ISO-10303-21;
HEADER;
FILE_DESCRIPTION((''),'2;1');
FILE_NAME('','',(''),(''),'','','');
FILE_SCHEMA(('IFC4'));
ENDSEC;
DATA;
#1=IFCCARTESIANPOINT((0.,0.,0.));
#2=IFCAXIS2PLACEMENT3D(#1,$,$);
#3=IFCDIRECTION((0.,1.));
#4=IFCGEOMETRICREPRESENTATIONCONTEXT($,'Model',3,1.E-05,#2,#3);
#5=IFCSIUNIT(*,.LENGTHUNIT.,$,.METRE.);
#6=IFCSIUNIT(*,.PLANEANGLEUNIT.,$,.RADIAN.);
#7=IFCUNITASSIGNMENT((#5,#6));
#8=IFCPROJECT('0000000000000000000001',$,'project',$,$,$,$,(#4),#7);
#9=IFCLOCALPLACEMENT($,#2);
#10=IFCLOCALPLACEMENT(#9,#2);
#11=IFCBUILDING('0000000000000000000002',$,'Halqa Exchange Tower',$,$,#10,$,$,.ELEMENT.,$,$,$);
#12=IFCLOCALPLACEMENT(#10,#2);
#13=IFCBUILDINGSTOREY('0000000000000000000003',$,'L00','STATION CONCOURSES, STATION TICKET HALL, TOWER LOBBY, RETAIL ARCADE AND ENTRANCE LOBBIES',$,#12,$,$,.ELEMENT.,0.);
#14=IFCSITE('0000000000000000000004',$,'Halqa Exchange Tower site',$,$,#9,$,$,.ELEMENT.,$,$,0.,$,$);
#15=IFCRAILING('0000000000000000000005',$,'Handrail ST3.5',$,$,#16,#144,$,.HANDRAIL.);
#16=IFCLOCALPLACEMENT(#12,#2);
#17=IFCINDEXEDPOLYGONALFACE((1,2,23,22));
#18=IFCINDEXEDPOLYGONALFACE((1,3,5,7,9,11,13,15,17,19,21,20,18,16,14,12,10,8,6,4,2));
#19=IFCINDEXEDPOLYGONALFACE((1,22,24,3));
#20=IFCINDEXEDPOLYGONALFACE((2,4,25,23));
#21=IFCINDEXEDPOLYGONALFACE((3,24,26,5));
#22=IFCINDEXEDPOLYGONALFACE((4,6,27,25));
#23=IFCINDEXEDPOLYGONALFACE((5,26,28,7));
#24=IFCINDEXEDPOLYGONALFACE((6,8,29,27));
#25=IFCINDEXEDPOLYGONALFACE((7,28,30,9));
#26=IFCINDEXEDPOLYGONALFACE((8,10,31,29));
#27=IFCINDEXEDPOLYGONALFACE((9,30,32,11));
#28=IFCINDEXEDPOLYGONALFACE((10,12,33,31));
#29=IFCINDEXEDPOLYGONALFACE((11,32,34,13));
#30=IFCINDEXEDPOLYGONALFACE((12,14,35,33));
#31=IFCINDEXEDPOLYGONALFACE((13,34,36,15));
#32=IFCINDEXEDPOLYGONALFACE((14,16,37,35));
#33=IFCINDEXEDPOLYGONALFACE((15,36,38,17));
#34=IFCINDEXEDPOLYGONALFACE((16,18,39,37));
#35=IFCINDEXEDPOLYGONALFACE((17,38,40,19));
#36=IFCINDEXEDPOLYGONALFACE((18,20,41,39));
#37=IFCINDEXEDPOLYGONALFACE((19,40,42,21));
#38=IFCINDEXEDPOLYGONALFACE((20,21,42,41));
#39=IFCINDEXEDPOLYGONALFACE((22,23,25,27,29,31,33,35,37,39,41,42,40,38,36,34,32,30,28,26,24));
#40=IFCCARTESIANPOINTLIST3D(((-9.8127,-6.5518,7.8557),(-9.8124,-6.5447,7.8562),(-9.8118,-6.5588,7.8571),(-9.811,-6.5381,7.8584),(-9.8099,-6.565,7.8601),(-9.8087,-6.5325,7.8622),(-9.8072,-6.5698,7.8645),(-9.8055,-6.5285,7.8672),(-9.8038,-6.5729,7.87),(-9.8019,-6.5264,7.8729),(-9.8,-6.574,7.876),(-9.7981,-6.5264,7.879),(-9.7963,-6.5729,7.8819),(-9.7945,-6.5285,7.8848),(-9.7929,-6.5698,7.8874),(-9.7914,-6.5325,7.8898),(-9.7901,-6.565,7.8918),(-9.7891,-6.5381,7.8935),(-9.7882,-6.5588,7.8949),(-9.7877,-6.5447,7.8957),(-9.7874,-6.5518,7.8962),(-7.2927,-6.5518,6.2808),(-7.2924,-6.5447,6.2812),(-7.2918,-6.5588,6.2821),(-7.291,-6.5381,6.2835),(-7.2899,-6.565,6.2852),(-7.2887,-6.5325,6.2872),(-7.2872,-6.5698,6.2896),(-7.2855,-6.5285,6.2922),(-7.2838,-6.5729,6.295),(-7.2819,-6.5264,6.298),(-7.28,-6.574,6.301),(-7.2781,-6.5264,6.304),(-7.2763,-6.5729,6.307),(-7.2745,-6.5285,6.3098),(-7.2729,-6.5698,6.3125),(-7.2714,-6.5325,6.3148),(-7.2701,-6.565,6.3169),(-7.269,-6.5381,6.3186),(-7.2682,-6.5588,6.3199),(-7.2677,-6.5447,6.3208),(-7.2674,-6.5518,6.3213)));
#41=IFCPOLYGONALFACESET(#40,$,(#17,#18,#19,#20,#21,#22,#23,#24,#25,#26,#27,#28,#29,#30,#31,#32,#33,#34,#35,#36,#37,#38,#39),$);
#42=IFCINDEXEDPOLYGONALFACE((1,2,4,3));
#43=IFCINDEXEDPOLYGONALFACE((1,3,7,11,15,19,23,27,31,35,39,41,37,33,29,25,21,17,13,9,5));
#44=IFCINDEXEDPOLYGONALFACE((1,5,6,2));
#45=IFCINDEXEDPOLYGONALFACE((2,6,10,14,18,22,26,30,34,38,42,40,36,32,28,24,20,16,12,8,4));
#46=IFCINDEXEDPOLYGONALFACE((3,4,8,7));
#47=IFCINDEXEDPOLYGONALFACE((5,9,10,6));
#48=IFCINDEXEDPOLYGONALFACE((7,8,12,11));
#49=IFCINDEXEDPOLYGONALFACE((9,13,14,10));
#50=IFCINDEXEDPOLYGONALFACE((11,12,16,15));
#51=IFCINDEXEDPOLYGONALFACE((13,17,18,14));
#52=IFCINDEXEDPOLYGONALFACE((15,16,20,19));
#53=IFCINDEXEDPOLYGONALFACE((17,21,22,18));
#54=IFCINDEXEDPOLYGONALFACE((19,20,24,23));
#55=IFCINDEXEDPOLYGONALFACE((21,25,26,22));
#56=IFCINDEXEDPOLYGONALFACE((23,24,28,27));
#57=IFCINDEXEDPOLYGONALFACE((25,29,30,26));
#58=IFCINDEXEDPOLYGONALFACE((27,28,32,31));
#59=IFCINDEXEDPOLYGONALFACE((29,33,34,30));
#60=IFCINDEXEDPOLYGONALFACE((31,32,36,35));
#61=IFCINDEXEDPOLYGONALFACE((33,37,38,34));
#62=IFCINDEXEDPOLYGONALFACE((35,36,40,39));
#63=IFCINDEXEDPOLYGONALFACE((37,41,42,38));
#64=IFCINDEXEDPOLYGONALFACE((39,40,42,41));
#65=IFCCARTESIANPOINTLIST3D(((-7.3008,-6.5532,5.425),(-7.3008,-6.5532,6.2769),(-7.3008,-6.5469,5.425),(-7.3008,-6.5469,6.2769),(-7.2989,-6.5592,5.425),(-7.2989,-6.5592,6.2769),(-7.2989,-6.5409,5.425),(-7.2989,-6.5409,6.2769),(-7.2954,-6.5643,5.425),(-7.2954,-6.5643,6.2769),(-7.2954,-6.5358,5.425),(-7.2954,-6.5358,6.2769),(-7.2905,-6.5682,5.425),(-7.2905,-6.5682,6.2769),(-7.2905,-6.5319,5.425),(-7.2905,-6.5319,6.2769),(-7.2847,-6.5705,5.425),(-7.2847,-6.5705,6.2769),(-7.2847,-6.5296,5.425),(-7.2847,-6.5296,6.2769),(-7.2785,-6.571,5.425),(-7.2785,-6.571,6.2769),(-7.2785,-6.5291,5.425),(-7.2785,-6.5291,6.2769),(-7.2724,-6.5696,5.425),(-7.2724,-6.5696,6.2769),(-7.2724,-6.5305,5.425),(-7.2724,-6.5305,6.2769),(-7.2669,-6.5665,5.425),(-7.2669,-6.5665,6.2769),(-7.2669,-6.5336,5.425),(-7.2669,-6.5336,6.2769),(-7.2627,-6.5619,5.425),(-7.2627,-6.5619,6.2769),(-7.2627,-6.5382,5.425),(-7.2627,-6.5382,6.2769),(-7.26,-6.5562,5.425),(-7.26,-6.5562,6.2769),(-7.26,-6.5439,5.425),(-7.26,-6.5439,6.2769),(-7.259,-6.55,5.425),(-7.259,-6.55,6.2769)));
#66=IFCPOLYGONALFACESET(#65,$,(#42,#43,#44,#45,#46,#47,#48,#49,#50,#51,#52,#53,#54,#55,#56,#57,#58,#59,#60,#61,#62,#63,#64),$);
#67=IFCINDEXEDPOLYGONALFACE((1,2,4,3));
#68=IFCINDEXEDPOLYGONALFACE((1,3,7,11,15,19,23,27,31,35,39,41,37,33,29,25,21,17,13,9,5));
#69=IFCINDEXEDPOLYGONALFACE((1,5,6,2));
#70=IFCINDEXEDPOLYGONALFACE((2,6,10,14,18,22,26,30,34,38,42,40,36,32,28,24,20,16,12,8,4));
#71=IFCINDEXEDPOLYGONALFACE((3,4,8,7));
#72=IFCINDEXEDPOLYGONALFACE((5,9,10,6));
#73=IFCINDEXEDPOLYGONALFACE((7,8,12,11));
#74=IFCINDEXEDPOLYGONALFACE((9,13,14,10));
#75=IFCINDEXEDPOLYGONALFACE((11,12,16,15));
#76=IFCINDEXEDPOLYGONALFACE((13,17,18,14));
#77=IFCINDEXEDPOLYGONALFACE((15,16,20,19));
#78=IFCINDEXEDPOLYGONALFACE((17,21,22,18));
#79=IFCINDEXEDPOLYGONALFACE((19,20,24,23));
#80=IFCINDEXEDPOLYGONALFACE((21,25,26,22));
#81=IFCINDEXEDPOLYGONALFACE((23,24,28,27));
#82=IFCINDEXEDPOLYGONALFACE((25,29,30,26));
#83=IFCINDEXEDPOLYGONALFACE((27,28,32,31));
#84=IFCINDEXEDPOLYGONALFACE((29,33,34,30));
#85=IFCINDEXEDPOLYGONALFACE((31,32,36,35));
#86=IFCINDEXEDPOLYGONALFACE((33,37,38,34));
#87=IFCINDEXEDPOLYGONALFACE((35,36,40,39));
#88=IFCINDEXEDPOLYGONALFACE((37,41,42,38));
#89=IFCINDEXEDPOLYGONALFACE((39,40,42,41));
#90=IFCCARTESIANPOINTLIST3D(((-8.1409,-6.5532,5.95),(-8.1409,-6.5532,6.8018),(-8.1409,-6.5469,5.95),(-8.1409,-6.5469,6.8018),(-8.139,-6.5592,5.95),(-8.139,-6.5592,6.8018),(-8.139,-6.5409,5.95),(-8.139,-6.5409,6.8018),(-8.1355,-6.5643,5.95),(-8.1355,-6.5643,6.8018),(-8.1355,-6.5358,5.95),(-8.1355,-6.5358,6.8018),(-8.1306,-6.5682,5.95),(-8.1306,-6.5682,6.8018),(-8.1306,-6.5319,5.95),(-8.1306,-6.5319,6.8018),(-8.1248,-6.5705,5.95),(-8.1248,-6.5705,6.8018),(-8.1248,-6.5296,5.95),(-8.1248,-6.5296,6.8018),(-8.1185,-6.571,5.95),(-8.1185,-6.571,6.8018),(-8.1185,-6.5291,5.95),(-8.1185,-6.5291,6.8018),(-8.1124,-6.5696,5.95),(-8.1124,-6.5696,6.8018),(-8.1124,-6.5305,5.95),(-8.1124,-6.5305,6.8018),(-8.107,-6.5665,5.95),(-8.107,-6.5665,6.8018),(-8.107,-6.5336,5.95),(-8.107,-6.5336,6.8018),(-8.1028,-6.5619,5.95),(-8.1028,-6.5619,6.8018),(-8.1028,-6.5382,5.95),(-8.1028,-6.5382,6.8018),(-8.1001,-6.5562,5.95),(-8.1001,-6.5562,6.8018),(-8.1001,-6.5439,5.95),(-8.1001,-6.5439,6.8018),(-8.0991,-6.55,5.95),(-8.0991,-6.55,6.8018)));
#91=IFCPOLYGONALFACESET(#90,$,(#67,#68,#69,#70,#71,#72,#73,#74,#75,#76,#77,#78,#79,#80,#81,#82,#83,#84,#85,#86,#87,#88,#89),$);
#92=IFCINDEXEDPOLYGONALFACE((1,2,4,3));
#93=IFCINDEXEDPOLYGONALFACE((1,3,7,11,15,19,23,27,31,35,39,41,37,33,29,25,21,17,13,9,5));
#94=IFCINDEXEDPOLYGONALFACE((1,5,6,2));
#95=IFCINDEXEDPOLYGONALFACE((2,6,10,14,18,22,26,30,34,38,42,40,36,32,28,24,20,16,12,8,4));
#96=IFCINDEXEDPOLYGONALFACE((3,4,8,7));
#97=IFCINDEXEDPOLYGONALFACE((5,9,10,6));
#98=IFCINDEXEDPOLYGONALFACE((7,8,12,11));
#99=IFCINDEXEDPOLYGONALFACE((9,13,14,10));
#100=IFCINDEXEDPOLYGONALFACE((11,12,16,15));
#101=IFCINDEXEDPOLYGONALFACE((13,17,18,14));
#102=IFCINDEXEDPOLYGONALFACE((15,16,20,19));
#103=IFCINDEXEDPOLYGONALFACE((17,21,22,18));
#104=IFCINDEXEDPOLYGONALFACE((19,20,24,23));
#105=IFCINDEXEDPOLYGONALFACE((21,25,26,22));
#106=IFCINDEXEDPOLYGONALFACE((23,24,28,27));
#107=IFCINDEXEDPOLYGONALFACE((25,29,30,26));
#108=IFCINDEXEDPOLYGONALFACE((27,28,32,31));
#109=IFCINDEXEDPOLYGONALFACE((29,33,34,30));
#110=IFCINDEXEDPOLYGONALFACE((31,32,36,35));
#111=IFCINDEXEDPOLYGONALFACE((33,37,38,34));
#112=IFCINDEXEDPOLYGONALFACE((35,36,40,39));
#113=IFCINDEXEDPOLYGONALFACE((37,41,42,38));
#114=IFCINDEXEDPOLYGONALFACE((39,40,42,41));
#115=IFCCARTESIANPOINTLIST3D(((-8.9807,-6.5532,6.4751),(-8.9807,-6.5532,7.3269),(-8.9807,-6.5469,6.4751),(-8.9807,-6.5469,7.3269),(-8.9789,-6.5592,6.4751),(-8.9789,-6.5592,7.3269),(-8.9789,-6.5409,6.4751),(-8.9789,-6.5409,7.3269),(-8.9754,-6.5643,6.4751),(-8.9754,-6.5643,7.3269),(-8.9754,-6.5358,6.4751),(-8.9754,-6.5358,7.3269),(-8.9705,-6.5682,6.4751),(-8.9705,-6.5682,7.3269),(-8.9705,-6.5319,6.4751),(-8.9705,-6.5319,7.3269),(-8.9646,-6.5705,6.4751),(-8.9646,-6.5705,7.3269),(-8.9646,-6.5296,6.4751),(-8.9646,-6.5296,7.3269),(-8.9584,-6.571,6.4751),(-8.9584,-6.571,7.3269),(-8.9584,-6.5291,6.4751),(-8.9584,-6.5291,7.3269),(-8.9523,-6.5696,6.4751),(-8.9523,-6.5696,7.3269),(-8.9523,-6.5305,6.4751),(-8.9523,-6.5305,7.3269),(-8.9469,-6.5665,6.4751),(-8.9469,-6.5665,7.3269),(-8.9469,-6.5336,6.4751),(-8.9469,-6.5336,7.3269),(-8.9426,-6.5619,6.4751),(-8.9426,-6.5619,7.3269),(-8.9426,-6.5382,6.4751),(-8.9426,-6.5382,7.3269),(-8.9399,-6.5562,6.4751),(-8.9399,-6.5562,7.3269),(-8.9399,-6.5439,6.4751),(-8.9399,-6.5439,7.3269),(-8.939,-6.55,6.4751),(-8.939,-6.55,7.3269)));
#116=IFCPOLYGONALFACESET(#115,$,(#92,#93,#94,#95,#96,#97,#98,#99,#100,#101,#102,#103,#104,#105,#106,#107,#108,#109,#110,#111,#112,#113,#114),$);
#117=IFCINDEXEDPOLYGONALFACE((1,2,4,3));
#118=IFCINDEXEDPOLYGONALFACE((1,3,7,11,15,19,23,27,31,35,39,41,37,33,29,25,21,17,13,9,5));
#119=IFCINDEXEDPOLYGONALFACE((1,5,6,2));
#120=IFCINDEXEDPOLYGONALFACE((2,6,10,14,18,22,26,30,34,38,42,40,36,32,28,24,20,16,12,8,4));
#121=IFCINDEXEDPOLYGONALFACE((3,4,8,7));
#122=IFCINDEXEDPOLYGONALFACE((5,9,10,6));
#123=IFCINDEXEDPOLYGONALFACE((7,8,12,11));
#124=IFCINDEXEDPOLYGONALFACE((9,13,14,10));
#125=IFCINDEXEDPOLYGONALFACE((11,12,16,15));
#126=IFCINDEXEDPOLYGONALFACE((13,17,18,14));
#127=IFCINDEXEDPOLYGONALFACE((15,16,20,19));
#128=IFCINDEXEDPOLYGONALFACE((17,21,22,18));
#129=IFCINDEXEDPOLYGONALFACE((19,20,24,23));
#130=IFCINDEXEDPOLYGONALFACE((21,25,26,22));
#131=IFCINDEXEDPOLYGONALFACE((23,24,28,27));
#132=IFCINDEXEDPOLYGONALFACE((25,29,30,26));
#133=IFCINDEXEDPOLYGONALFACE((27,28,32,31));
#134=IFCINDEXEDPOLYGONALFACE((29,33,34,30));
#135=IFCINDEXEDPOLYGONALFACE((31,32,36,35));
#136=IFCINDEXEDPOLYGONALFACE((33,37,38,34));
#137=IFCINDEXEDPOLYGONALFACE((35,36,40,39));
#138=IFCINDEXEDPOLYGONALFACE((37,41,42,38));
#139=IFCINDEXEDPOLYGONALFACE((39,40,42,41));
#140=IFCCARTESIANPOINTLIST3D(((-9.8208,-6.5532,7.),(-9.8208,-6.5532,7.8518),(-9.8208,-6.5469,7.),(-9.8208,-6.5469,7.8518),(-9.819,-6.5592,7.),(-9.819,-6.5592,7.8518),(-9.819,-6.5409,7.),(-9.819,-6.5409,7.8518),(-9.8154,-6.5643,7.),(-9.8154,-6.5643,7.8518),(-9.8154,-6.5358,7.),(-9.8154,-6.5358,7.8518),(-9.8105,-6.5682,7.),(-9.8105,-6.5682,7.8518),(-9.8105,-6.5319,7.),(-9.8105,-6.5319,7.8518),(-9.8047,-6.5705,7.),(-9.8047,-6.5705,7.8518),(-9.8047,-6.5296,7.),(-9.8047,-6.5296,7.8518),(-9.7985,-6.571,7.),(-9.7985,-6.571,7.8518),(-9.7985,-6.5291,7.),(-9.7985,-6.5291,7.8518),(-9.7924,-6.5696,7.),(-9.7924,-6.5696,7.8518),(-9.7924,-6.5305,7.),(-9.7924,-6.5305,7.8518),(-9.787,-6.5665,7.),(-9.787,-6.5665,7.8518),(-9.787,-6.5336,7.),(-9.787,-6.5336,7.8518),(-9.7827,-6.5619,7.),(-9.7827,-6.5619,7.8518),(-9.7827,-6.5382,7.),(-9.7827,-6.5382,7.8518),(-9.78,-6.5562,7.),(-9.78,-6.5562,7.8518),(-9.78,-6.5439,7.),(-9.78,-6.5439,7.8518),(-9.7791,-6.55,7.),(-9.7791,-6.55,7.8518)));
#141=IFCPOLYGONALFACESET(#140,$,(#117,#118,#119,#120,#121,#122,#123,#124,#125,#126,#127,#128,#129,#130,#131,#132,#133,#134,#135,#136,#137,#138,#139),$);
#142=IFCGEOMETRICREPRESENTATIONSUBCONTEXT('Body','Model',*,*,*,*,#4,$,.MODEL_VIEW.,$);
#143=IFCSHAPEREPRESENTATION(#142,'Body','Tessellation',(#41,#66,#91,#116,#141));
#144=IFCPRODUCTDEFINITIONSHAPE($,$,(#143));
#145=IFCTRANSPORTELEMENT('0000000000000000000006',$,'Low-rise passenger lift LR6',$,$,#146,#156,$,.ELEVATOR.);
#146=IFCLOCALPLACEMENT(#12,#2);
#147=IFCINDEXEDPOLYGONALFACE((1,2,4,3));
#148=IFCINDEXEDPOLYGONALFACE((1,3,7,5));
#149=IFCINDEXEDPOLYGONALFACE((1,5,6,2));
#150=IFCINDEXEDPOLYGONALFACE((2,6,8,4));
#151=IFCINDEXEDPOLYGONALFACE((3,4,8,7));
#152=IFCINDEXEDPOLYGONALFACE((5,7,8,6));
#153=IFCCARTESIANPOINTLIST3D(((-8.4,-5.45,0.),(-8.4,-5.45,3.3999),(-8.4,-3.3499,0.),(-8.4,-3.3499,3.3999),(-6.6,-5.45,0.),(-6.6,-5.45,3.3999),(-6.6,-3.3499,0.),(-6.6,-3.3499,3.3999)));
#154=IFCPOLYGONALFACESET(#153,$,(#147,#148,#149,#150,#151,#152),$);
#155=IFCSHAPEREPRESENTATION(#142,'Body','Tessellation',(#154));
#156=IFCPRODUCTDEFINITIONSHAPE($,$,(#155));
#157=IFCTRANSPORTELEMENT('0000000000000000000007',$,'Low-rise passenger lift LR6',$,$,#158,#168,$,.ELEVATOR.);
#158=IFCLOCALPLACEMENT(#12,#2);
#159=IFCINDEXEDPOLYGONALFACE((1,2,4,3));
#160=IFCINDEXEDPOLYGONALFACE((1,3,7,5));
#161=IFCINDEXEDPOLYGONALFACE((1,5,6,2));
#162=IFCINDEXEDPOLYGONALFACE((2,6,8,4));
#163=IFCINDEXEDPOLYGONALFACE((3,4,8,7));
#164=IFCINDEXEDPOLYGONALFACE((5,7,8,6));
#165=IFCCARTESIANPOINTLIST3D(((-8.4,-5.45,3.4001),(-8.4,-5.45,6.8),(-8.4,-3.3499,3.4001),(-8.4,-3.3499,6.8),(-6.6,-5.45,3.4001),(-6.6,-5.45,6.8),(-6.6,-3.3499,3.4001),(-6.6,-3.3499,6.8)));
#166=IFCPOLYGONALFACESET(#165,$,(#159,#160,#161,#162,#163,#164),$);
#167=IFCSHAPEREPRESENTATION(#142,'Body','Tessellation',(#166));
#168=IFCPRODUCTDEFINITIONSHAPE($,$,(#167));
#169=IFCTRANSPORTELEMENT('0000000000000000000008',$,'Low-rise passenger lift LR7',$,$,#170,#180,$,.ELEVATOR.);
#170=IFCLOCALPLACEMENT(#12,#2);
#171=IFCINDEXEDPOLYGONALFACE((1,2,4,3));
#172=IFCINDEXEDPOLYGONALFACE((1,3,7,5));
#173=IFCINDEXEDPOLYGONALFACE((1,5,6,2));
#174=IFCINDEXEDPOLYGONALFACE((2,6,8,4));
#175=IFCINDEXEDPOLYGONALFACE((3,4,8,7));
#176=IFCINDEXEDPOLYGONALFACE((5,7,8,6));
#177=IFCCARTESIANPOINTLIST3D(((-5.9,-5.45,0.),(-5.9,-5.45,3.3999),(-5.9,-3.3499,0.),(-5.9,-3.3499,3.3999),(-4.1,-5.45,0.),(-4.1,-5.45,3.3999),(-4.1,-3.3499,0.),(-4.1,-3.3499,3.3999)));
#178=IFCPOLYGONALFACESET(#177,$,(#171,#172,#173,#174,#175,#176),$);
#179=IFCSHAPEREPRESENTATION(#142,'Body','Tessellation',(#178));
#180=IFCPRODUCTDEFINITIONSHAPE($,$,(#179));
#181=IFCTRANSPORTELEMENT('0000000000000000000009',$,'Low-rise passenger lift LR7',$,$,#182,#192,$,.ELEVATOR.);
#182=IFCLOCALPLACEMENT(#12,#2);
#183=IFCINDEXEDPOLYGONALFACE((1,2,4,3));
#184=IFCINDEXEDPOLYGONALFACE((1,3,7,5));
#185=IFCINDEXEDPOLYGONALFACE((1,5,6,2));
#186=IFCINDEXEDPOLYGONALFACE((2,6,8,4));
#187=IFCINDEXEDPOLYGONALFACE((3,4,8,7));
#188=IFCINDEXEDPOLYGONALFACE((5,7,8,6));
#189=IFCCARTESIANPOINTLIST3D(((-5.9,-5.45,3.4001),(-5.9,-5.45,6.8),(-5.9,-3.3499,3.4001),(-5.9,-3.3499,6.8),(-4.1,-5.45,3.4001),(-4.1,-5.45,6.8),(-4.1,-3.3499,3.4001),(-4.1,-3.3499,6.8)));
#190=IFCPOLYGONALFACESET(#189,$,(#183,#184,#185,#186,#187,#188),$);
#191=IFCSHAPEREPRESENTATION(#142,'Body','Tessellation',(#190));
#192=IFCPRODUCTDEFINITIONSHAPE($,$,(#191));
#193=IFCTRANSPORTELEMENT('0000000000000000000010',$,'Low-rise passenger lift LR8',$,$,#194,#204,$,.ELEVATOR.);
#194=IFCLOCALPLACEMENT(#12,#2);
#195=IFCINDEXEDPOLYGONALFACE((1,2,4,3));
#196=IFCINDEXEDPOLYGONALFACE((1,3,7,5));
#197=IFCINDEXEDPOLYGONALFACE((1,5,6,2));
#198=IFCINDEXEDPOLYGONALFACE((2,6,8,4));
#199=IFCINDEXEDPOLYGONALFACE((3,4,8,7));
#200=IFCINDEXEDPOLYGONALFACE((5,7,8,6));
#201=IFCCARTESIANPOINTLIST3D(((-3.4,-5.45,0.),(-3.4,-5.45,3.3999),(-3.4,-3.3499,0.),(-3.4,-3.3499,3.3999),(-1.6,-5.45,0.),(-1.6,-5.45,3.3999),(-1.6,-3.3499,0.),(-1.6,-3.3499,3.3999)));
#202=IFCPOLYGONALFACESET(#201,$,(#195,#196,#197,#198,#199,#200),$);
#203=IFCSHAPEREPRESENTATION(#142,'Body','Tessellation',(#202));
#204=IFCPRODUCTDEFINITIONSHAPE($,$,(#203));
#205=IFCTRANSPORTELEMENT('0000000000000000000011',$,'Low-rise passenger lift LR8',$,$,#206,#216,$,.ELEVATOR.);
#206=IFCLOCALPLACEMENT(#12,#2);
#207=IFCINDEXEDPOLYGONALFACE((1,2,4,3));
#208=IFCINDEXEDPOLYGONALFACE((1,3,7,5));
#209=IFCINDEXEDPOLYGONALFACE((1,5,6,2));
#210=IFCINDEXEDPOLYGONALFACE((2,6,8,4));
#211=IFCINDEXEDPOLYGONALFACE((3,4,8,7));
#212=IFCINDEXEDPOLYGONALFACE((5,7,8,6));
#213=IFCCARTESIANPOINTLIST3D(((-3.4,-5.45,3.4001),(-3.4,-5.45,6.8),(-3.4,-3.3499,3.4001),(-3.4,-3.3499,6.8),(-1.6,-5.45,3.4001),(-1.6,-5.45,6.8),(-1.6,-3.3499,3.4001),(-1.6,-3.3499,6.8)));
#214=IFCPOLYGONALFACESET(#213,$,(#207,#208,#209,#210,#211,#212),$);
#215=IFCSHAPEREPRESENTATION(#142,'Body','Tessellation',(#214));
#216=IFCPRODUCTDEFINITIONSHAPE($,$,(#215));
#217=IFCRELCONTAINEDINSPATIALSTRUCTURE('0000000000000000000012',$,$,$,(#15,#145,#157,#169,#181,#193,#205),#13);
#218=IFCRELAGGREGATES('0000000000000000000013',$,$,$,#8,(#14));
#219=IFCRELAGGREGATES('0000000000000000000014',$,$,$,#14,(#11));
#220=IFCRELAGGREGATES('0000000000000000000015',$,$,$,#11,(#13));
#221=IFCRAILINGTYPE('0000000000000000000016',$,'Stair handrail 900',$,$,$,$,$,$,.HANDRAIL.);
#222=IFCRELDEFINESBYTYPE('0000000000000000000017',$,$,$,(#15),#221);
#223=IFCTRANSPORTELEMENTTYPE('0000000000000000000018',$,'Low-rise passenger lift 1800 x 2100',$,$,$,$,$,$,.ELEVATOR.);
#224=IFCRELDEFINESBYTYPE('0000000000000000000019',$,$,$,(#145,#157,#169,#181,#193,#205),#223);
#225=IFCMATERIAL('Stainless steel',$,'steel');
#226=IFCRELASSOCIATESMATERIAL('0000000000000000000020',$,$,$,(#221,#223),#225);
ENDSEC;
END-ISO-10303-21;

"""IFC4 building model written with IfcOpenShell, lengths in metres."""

from ifc_helpers import new_model, si_unit, direction, frame, origin, origin_2d, place, context, subcontext, project, spatial, rectangle, circle, extrude, material, type_object, element, save


model = new_model("IFC4")

# Units and contexts
model_context = context("Model", 3, precision=1e-05, world=origin(), true_north=direction((0.0, 1.0)))
body_context = subcontext(model_context, "Body", "Model", "MODEL_VIEW")
ifc_project = project(units=[si_unit("LENGTHUNIT", "METRE"), si_unit("PLANEANGLEUNIT", "RADIAN")], contexts=[model_context])

# Site, building, storey
site_placement = place(None, origin())
site = spatial("IfcSite", under=ifc_project, at=site_placement, Name="Halqa Exchange Tower site", CompositionType="ELEMENT", RefElevation=0.0)
building_placement = place(site_placement, origin())
building = spatial("IfcBuilding", under=site, at=building_placement, Name="Halqa Exchange Tower", CompositionType="ELEMENT")
storey_placement = place(building_placement, origin())
storey = spatial("IfcBuildingStorey", under=building, at=storey_placement, Name="L00", Description="STATION CONCOURSES, STATION TICKET HALL, TOWER LOBBY, RETAIL ARCADE AND ENTRANCE LOBBIES", CompositionType="ELEMENT", Elevation=0.0)

# Railing
ifc_material_1 = material(Name="Stainless steel", Category="steel")
railing_type = type_object("IfcRailingType", Name="Stair handrail 900", PredefinedType="HANDRAIL", material=ifc_material_1)
for number, where, name in (
    (1, (-7.28, -6.55, 5.425), "Handrail ST3.5"),
):
    element("IfcRailing", number, at=place(storey_placement, frame(where)), inside=storey, type_object=railing_type, Name=name, PredefinedType="HANDRAIL", context=body_context, shape_type="SweptSolid", body=[
        extrude(circle(Radius=0.0239, at=origin_2d()), frame((0.0, 0.0, 0.876), z_axis=(-0.848008, 0.0, 0.529984), x_axis=(0.0, -1.0, 0.0)), (0.0, 0.0, 1.0), 2.9717),
        extrude(circle(Radius=0.021, at=origin_2d()), origin(), (0.0, 0.0, 1.0), 0.8518),
        extrude(circle(Radius=0.021, at=origin_2d()), frame((-0.8401, 0.0, 0.5249)), (0.0, 0.0, 1.0), 0.8518),
        extrude(circle(Radius=0.021, at=origin_2d()), frame((-1.6799, 0.0, 1.05)), (0.0, 0.0, 1.0), 0.8518),
        extrude(circle(Radius=0.021, at=origin_2d()), frame((-2.52, 0.0, 1.575)), (0.0, 0.0, 1.0), 0.8518),
    ])

# Transport elements
transport_element_type = type_object("IfcTransportElementType", Name="Low-rise passenger lift 1800 x 2100", PredefinedType="ELEVATOR", material=ifc_material_1)
for number, where, z_axis, x_axis, name in (
    (2, (-7.5, -4.3999, 0.0), (0.0, 0.0, 1.0), (1.0, 0.0, 0.0), "Low-rise passenger lift LR6"),
    (3, (-7.5, -4.3999, 3.4001), (0.0, 0.0, 1.0), (1.0, 0.0, 0.0), "Low-rise passenger lift LR6"),
    (4, (-5.0, -4.3999, 0.0), (0.0, 0.0, 1.0), (1.0, 0.0, 0.0), "Low-rise passenger lift LR7"),
    (5, (-5.0, -4.3999, 3.4001), (0.0, 0.0, 1.0), (1.0, 0.0, 0.0), "Low-rise passenger lift LR7"),
    (6, (-2.5, -4.3999, 0.0), (0.0, 0.0, 1.0), (1.0, 0.0, 0.0), "Low-rise passenger lift LR8"),
    (7, (-2.5, -4.3999, 3.4001), (0.0, 0.0, 1.0), (1.0, 0.0, 0.0), "Low-rise passenger lift LR8"),
):
    element("IfcTransportElement", number, at=place(storey_placement, frame(where, z_axis=z_axis, x_axis=x_axis)), inside=storey, type_object=transport_element_type, Name=name, PredefinedType="ELEVATOR", context=body_context, shape_type="SweptSolid", body=[
        extrude(rectangle(XDim=1.8, YDim=2.1001, at=origin_2d()), origin(), (0.0, 0.0, 1.0), 3.3999),
    ])

save(model, "model.ifc")
